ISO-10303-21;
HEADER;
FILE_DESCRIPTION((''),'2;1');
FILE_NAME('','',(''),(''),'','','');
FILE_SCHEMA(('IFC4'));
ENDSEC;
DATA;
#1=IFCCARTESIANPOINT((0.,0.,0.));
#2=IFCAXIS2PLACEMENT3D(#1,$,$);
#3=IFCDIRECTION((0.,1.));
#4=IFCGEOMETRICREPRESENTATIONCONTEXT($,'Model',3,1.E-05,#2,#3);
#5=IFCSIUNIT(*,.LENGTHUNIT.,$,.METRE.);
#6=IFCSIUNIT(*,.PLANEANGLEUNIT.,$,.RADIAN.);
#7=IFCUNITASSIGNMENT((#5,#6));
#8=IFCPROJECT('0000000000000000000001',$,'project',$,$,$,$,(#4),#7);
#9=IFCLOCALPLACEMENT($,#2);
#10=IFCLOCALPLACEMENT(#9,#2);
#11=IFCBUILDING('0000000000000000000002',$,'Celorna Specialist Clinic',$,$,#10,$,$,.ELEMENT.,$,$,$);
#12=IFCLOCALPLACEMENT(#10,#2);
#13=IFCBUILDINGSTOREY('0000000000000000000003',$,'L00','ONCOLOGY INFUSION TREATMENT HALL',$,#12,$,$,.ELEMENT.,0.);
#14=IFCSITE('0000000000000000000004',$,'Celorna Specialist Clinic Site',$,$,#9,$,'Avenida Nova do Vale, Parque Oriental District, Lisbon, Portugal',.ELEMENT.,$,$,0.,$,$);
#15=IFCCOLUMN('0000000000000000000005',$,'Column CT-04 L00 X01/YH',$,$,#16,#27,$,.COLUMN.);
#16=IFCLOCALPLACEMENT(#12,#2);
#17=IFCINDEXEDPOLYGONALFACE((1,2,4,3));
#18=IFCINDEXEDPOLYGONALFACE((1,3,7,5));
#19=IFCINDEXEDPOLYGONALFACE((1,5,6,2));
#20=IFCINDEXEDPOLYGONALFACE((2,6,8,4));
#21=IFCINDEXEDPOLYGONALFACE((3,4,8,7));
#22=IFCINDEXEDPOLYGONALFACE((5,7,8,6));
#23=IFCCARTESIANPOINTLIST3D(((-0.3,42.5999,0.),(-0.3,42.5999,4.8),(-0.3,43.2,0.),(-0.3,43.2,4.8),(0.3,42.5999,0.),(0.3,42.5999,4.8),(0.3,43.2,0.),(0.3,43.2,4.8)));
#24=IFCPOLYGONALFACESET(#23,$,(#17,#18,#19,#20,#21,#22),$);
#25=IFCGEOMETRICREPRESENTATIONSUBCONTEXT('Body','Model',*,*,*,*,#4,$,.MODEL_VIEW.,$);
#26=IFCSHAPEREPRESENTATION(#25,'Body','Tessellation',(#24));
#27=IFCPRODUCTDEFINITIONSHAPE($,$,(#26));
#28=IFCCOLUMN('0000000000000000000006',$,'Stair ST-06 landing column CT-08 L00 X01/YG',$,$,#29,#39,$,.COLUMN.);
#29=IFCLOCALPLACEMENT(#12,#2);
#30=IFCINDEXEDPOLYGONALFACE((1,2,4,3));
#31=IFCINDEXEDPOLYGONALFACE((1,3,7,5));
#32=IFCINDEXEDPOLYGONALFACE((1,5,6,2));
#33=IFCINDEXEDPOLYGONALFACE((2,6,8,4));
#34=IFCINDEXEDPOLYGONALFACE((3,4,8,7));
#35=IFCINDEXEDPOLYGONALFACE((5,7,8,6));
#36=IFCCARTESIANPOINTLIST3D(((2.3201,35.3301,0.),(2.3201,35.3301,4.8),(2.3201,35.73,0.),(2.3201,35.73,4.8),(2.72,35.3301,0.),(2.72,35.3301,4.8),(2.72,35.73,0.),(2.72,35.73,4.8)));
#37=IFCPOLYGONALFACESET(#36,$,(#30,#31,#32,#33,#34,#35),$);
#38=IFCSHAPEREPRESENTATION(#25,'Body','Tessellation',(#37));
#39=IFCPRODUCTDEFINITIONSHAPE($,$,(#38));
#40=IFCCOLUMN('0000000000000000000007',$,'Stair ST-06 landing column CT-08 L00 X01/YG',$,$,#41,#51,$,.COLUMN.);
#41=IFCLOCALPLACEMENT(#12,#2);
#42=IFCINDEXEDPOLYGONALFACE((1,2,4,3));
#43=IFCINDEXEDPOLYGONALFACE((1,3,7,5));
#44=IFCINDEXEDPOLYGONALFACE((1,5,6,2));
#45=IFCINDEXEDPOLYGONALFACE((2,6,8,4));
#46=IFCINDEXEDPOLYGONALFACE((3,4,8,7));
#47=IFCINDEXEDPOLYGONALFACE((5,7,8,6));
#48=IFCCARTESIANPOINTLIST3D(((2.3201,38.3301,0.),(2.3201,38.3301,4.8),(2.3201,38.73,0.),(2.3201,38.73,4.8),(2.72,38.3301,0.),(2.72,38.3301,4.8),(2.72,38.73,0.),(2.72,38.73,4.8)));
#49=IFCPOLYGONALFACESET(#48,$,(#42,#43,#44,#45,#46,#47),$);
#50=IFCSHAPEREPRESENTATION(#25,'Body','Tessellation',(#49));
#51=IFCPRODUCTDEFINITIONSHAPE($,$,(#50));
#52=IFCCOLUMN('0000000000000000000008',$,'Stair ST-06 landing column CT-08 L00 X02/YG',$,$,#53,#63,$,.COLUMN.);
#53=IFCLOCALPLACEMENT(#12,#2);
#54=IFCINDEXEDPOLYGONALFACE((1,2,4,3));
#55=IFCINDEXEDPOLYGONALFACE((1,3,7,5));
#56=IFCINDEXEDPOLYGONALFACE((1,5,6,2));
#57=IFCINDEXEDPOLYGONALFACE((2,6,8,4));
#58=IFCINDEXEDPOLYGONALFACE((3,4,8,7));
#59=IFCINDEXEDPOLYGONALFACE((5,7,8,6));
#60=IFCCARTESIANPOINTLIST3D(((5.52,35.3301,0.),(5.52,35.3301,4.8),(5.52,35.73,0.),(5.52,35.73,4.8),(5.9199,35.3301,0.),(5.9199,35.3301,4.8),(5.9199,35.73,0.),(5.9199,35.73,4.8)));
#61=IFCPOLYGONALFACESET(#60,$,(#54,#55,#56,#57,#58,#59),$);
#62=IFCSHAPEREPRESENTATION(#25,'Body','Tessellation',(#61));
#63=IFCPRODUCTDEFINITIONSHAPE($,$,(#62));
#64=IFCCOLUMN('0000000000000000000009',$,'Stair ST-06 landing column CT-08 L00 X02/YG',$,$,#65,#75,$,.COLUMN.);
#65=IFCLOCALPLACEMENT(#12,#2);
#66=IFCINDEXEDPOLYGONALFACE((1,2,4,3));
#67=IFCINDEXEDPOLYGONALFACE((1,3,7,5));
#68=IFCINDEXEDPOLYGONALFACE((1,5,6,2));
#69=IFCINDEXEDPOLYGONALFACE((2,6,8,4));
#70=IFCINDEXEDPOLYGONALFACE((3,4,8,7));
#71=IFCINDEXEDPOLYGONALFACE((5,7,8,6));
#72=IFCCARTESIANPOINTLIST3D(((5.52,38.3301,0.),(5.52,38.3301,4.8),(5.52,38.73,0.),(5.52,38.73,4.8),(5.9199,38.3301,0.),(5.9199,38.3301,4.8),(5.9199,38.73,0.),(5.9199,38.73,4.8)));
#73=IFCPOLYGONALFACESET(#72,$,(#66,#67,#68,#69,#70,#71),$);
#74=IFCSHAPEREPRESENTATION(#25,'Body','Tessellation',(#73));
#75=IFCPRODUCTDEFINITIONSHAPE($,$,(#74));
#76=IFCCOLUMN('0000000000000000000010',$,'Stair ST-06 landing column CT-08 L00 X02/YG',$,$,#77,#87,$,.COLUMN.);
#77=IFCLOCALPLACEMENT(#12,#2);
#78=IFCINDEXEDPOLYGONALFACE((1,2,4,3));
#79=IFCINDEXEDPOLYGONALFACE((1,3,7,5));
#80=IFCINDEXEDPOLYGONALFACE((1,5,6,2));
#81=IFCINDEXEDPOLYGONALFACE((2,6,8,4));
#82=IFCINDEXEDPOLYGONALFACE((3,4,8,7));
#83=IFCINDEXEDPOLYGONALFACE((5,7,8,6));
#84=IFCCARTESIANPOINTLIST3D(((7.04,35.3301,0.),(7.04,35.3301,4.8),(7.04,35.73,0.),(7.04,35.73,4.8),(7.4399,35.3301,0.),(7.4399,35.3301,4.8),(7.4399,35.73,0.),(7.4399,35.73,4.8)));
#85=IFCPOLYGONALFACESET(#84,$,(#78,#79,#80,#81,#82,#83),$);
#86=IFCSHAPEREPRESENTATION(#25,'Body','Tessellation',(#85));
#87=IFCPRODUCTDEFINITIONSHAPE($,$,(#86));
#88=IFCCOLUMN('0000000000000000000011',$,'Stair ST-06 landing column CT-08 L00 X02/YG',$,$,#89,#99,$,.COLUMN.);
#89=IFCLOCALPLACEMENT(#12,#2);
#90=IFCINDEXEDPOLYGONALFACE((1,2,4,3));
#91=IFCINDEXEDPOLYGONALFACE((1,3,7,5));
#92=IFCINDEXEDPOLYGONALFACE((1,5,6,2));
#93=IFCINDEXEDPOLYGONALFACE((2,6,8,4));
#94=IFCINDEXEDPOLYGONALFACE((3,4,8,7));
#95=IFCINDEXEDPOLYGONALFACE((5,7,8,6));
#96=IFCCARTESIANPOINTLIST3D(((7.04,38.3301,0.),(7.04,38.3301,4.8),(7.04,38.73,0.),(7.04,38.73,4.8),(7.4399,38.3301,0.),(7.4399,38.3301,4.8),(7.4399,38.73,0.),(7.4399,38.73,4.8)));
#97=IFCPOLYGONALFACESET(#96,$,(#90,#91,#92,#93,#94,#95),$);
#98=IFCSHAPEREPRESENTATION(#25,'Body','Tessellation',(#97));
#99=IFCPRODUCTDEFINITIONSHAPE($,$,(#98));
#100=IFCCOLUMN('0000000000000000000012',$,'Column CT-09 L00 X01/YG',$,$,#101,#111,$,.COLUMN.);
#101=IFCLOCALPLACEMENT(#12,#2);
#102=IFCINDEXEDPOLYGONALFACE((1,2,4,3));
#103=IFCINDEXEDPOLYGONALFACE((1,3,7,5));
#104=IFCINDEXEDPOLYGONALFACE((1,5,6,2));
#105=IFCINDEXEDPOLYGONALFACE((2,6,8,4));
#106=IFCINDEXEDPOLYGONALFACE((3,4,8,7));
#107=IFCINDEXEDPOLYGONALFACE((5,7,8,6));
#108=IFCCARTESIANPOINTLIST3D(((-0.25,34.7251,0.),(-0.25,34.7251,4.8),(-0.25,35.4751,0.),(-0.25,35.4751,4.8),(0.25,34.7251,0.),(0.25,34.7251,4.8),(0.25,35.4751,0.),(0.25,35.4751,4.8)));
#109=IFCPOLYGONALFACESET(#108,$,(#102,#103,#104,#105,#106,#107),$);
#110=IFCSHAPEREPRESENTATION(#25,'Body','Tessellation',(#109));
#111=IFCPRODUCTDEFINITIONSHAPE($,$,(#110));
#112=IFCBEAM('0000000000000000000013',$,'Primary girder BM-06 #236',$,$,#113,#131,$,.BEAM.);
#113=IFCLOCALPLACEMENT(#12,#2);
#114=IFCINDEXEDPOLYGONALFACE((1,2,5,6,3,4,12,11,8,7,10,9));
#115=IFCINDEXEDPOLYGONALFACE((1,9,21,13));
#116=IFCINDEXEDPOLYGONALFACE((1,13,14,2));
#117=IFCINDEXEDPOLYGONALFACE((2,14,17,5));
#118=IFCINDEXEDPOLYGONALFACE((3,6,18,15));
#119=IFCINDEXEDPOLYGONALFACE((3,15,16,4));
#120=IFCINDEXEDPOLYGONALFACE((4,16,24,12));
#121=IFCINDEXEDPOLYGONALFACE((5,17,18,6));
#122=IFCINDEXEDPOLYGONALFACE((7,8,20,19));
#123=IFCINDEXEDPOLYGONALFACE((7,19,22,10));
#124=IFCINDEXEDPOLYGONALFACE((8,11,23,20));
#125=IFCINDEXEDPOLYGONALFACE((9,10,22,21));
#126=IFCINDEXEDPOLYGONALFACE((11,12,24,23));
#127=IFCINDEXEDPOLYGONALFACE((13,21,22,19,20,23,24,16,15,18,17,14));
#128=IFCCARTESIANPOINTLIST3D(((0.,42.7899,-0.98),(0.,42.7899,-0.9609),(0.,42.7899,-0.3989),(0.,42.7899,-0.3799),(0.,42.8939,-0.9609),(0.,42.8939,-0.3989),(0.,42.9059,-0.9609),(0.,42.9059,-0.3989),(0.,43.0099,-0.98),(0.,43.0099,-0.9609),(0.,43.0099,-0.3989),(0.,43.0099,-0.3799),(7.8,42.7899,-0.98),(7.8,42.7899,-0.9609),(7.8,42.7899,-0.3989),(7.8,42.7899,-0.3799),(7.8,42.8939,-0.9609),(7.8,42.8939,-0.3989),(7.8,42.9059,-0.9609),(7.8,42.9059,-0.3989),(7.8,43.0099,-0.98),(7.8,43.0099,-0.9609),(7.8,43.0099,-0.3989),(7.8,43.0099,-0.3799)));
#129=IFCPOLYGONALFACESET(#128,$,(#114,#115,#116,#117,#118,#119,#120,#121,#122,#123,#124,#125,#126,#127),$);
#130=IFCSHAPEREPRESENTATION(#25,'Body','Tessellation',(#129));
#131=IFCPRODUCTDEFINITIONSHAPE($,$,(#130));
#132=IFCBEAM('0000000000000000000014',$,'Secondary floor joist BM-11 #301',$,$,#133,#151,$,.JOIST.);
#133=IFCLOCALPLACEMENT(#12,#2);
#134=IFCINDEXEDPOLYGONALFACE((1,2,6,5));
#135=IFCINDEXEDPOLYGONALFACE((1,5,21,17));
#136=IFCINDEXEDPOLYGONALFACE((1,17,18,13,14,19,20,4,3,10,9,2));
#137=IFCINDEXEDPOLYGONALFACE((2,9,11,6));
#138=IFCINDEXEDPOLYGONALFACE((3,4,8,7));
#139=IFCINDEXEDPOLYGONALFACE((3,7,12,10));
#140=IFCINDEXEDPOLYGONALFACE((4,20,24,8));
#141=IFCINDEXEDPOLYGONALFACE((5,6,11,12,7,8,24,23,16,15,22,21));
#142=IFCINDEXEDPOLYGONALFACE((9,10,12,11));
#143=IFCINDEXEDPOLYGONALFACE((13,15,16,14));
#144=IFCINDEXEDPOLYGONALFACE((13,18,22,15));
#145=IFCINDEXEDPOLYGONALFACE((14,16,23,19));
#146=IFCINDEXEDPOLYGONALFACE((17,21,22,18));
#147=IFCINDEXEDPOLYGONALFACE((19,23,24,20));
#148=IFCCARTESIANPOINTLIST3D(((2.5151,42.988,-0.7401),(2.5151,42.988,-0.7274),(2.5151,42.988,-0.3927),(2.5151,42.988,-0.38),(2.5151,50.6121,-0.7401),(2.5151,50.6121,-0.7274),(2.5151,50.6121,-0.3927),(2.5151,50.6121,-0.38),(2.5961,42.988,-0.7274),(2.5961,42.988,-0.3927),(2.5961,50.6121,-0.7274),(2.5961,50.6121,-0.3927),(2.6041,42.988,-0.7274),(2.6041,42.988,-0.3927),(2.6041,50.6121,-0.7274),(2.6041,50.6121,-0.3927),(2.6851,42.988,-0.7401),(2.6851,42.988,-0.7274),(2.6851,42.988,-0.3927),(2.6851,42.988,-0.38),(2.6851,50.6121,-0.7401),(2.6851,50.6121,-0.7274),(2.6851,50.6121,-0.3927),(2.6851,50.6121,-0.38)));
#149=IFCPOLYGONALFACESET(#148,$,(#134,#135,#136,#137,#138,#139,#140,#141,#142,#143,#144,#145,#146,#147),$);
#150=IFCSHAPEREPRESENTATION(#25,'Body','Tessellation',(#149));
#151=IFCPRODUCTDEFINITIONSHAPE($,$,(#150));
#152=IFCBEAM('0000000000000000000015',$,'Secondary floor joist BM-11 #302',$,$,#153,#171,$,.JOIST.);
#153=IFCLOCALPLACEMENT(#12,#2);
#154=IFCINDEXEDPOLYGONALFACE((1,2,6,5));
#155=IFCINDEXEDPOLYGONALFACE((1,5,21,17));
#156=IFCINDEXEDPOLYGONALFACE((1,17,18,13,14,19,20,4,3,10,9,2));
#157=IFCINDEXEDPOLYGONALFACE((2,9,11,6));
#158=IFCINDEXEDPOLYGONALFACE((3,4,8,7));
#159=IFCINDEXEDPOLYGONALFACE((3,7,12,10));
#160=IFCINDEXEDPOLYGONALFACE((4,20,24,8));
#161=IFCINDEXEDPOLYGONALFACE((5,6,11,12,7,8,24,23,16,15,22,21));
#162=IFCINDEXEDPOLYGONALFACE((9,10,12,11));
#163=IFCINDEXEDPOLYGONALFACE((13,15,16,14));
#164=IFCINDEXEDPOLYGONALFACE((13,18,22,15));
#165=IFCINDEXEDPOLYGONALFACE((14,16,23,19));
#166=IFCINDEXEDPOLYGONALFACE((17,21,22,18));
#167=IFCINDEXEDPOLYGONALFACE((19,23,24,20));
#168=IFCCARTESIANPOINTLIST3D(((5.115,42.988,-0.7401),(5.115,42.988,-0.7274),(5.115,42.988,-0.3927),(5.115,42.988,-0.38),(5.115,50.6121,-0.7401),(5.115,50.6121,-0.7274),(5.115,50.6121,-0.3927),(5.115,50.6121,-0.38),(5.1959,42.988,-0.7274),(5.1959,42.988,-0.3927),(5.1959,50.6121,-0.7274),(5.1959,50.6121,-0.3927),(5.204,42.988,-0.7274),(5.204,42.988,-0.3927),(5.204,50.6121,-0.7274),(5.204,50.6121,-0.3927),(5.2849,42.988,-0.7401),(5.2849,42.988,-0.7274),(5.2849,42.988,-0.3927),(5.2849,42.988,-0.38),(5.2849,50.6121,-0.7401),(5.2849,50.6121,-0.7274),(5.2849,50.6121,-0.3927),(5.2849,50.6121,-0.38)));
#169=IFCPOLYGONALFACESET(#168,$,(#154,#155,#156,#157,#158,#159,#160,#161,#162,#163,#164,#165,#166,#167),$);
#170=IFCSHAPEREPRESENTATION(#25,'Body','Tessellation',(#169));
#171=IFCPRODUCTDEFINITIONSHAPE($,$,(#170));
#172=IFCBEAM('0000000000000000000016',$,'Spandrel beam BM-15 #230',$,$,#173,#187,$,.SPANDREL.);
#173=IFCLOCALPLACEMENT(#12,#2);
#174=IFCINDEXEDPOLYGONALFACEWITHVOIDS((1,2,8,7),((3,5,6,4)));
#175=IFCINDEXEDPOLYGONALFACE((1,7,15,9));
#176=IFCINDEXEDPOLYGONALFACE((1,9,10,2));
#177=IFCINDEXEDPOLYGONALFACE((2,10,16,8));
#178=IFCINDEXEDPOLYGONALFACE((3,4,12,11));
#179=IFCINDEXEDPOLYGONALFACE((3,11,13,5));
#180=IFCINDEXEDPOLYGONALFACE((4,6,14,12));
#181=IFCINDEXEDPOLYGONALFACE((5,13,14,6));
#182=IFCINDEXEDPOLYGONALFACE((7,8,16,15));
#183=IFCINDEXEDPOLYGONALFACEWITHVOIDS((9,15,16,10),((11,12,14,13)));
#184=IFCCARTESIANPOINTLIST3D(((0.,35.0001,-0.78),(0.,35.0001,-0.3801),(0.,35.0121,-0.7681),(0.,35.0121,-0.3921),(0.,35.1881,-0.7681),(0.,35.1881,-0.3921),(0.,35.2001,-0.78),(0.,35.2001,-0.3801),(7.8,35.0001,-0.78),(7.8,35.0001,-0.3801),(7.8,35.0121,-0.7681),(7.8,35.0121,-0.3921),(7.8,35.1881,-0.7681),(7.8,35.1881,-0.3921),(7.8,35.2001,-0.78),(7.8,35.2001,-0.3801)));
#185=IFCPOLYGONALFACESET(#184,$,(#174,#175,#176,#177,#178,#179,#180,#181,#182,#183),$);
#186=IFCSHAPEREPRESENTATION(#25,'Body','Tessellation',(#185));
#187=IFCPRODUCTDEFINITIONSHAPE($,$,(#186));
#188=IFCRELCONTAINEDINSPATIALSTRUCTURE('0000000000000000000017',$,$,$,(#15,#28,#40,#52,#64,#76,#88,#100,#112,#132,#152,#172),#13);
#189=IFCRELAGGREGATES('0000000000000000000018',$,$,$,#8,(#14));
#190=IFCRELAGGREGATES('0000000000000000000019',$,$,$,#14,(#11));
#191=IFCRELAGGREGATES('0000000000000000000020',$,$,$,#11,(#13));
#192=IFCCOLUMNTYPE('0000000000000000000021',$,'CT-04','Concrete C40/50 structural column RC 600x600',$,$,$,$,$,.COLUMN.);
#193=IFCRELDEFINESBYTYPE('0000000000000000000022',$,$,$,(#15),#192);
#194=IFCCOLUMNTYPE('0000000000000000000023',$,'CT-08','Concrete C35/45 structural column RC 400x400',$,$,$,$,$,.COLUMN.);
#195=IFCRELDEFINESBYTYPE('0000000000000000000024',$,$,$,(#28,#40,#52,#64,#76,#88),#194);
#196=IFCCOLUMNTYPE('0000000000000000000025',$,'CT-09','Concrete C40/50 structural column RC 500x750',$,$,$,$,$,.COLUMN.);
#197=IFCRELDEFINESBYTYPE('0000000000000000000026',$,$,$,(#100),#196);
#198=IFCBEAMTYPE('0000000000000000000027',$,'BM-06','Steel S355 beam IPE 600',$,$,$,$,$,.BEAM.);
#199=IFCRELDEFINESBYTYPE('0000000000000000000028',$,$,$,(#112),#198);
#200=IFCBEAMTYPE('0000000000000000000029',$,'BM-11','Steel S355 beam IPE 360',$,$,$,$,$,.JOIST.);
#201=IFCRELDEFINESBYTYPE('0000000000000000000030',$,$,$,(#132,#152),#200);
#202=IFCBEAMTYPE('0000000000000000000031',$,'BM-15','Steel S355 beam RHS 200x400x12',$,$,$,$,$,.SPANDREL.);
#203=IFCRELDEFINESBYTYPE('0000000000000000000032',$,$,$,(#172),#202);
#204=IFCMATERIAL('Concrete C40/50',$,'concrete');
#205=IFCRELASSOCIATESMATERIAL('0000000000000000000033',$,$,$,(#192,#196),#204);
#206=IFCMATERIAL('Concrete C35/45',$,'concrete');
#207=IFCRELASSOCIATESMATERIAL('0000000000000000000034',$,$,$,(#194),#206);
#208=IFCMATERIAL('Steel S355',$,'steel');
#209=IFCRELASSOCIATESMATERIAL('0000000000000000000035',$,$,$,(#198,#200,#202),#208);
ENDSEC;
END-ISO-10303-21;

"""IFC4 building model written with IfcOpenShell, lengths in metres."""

from ifc_helpers import new_model, si_unit, direction, frame, origin, origin_2d, place, context, subcontext, project, spatial, rectangle, hollow_rectangle, i_section, extrude, material, material_profile, profile_set, type_object, element, save


model = new_model("IFC4")

# Units and contexts
model_context = context("Model", 3, precision=1e-05, world=origin(), true_north=direction((0.0, 1.0)))
body_context = subcontext(model_context, "Body", "Model", "MODEL_VIEW")
ifc_project = project(units=[si_unit("LENGTHUNIT", "METRE"), si_unit("PLANEANGLEUNIT", "RADIAN")], contexts=[model_context])

# Site, building, storey
site_placement = place(None, origin())
site = spatial("IfcSite", under=ifc_project, at=site_placement, Name="Celorna Specialist Clinic Site", LongName="Avenida Nova do Vale, Parque Oriental District, Lisbon, Portugal", CompositionType="ELEMENT", RefElevation=0.0)
building_placement = place(site_placement, origin())
building = spatial("IfcBuilding", under=site, at=building_placement, Name="Celorna Specialist Clinic", CompositionType="ELEMENT")
storey_placement = place(building_placement, origin())
storey = spatial("IfcBuildingStorey", under=building, at=storey_placement, Name="L00", Description="ONCOLOGY INFUSION TREATMENT HALL", CompositionType="ELEMENT", Elevation=0.0)

# Columns
ifc_material_1 = material(Name="Concrete C40/50", Category="concrete")
ifc_material_profile_1 = material_profile(ifc_material_1, rectangle(XDim=0.6001, YDim=0.6001, at=origin_2d()), Name="RC 600x600")
ifc_profile_set_1 = profile_set([ifc_material_profile_1], Name="Concrete C40/50")
column_type_1 = type_object("IfcColumnType", Name="CT-04", Description="Concrete C40/50 structural column RC 600x600", PredefinedType="COLUMN", material=ifc_profile_set_1)
column_1_placement = place(storey_placement, frame((0.0, 42.8999, 0.0), z_axis=(0.0, 0.0, 1.0), x_axis=(1.0, 0.0, 0.0)))
element("IfcColumn", 1, at=column_1_placement, inside=storey, type_object=column_type_1, Name="Column CT-04 L00 X01/YH", PredefinedType="COLUMN", context=body_context, shape_type="SweptSolid", body=[
    extrude(rectangle(XDim=0.6001, YDim=0.6001, at=origin_2d()), origin(), (0.0, 0.0, 1.0), 4.8),
])
ifc_material_2 = material(Name="Concrete C35/45", Category="concrete")
ifc_material_profile_2 = material_profile(ifc_material_2, rectangle(XDim=0.3999, YDim=0.3999, at=origin_2d()), Name="RC 400x400")
ifc_profile_set_2 = profile_set([ifc_material_profile_2], Name="Concrete C35/45")
column_type_2 = type_object("IfcColumnType", Name="CT-08", Description="Concrete C35/45 structural column RC 400x400", PredefinedType="COLUMN", material=ifc_profile_set_2)
for number, where, z_axis, x_axis, name in (
    (2, (2.52, 35.53, 0.0), (0.0, 0.0, 1.0), (1.0, 0.0, 0.0), "Stair ST-06 landing column CT-08 L00 X01/YG"),
    (3, (2.52, 38.53, 0.0), (0.0, 0.0, 1.0), (1.0, 0.0, 0.0), "Stair ST-06 landing column CT-08 L00 X01/YG"),
    (4, (5.72, 35.53, 0.0), (0.0, 0.0, 1.0), (1.0, 0.0, 0.0), "Stair ST-06 landing column CT-08 L00 X02/YG"),
    (5, (5.72, 38.53, 0.0), (0.0, 0.0, 1.0), (1.0, 0.0, 0.0), "Stair ST-06 landing column CT-08 L00 X02/YG"),
    (6, (7.24, 35.53, 0.0), (0.0, 0.0, 1.0), (1.0, 0.0, 0.0), "Stair ST-06 landing column CT-08 L00 X02/YG"),
    (7, (7.24, 38.53, 0.0), (0.0, 0.0, 1.0), (1.0, 0.0, 0.0), "Stair ST-06 landing column CT-08 L00 X02/YG"),
):
    element("IfcColumn", number, at=place(storey_placement, frame(where, z_axis=z_axis, x_axis=x_axis)), inside=storey, type_object=column_type_2, Name=name, PredefinedType="COLUMN", context=body_context, shape_type="SweptSolid", body=[
        extrude(rectangle(XDim=0.3999, YDim=0.3999, at=origin_2d()), origin(), (0.0, 0.0, 1.0), 4.8),
    ])
ifc_material_profile_3 = material_profile(ifc_material_1, rectangle(XDim=0.5, YDim=0.75, at=origin_2d()), Name="RC 500x750")
ifc_profile_set_3 = profile_set([ifc_material_profile_3], Name="Concrete C40/50")
column_type_3 = type_object("IfcColumnType", Name="CT-09", Description="Concrete C40/50 structural column RC 500x750", PredefinedType="COLUMN", material=ifc_profile_set_3)
column_2_placement = place(storey_placement, frame((0.0, 35.1001, 0.0), z_axis=(0.0, 0.0, 1.0), x_axis=(1.0, 0.0, 0.0)))
element("IfcColumn", 8, at=column_2_placement, inside=storey, type_object=column_type_3, Name="Column CT-09 L00 X01/YG", PredefinedType="COLUMN", context=body_context, shape_type="SweptSolid", body=[
    extrude(rectangle(XDim=0.5, YDim=0.75, at=origin_2d()), origin(), (0.0, 0.0, 1.0), 4.8),
])

# Beams
ifc_material_3 = material(Name="Steel S355", Category="steel")
ifc_material_profile_4 = material_profile(ifc_material_3, i_section(OverallWidth=0.22, OverallDepth=0.6001, WebThickness=0.012, FlangeThickness=0.019, at=origin_2d()), Name="IPE 600")
ifc_profile_set_4 = profile_set([ifc_material_profile_4], Name="Steel S355")
beam_type_1 = type_object("IfcBeamType", Name="BM-06", Description="Steel S355 beam IPE 600", PredefinedType="BEAM", material=ifc_profile_set_4)
beam_1_placement = place(storey_placement, frame((0.0, 42.8999, -0.6799), z_axis=(1.0, 0.0, 0.0), x_axis=(0.0, 1.0, 0.0)))
element("IfcBeam", 9, at=beam_1_placement, inside=storey, type_object=beam_type_1, Name="Primary girder BM-06 #236", PredefinedType="BEAM", context=body_context, shape_type="SweptSolid", body=[
    extrude(i_section(OverallWidth=0.22, OverallDepth=0.6001, WebThickness=0.012, FlangeThickness=0.019, at=origin_2d()), origin(), (0.0, 0.0, 1.0), 7.8),
])
ifc_material_profile_5 = material_profile(ifc_material_3, i_section(OverallWidth=0.1699, OverallDepth=0.3601, WebThickness=0.0081, FlangeThickness=0.0127, at=origin_2d()), Name="IPE 360")
ifc_profile_set_5 = profile_set([ifc_material_profile_5], Name="Steel S355")
beam_type_2 = type_object("IfcBeamType", Name="BM-11", Description="Steel S355 beam IPE 360", PredefinedType="JOIST", material=ifc_profile_set_5)
for number, where, z_axis, x_axis, name in (
    (10, (2.6001, 42.988, -0.5601), (0.0, 1.0, 0.0), (-1.0, 0.0, 0.0), "Secondary floor joist BM-11 #301"),
    (11, (5.2, 42.988, -0.5601), (0.0, 1.0, 0.0), (-1.0, 0.0, 0.0), "Secondary floor joist BM-11 #302"),
):
    element("IfcBeam", number, at=place(storey_placement, frame(where, z_axis=z_axis, x_axis=x_axis)), inside=storey, type_object=beam_type_2, Name=name, PredefinedType="JOIST", context=body_context, shape_type="SweptSolid", body=[
        extrude(i_section(OverallWidth=0.1699, OverallDepth=0.3601, WebThickness=0.0081, FlangeThickness=0.0127, at=origin_2d()), origin(), (0.0, 0.0, 1.0), 7.624),
    ])
ifc_material_profile_6 = material_profile(ifc_material_3, hollow_rectangle(XDim=0.2, YDim=0.3999, WallThickness=0.012, at=origin_2d()), Name="RHS 200x400x12")
ifc_profile_set_6 = profile_set([ifc_material_profile_6], Name="Steel S355")
beam_type_3 = type_object("IfcBeamType", Name="BM-15", Description="Steel S355 beam RHS 200x400x12", PredefinedType="SPANDREL", material=ifc_profile_set_6)
beam_2_placement = place(storey_placement, frame((0.0, 35.1001, -0.5801), z_axis=(1.0, 0.0, 0.0), x_axis=(0.0, 1.0, 0.0)))
element("IfcBeam", 12, at=beam_2_placement, inside=storey, type_object=beam_type_3, Name="Spandrel beam BM-15 #230", PredefinedType="SPANDREL", context=body_context, shape_type="SweptSolid", body=[
    extrude(hollow_rectangle(XDim=0.2, YDim=0.3999, WallThickness=0.012, at=origin_2d()), origin(), (0.0, 0.0, 1.0), 7.8),
])

save(model, "model.ifc")
